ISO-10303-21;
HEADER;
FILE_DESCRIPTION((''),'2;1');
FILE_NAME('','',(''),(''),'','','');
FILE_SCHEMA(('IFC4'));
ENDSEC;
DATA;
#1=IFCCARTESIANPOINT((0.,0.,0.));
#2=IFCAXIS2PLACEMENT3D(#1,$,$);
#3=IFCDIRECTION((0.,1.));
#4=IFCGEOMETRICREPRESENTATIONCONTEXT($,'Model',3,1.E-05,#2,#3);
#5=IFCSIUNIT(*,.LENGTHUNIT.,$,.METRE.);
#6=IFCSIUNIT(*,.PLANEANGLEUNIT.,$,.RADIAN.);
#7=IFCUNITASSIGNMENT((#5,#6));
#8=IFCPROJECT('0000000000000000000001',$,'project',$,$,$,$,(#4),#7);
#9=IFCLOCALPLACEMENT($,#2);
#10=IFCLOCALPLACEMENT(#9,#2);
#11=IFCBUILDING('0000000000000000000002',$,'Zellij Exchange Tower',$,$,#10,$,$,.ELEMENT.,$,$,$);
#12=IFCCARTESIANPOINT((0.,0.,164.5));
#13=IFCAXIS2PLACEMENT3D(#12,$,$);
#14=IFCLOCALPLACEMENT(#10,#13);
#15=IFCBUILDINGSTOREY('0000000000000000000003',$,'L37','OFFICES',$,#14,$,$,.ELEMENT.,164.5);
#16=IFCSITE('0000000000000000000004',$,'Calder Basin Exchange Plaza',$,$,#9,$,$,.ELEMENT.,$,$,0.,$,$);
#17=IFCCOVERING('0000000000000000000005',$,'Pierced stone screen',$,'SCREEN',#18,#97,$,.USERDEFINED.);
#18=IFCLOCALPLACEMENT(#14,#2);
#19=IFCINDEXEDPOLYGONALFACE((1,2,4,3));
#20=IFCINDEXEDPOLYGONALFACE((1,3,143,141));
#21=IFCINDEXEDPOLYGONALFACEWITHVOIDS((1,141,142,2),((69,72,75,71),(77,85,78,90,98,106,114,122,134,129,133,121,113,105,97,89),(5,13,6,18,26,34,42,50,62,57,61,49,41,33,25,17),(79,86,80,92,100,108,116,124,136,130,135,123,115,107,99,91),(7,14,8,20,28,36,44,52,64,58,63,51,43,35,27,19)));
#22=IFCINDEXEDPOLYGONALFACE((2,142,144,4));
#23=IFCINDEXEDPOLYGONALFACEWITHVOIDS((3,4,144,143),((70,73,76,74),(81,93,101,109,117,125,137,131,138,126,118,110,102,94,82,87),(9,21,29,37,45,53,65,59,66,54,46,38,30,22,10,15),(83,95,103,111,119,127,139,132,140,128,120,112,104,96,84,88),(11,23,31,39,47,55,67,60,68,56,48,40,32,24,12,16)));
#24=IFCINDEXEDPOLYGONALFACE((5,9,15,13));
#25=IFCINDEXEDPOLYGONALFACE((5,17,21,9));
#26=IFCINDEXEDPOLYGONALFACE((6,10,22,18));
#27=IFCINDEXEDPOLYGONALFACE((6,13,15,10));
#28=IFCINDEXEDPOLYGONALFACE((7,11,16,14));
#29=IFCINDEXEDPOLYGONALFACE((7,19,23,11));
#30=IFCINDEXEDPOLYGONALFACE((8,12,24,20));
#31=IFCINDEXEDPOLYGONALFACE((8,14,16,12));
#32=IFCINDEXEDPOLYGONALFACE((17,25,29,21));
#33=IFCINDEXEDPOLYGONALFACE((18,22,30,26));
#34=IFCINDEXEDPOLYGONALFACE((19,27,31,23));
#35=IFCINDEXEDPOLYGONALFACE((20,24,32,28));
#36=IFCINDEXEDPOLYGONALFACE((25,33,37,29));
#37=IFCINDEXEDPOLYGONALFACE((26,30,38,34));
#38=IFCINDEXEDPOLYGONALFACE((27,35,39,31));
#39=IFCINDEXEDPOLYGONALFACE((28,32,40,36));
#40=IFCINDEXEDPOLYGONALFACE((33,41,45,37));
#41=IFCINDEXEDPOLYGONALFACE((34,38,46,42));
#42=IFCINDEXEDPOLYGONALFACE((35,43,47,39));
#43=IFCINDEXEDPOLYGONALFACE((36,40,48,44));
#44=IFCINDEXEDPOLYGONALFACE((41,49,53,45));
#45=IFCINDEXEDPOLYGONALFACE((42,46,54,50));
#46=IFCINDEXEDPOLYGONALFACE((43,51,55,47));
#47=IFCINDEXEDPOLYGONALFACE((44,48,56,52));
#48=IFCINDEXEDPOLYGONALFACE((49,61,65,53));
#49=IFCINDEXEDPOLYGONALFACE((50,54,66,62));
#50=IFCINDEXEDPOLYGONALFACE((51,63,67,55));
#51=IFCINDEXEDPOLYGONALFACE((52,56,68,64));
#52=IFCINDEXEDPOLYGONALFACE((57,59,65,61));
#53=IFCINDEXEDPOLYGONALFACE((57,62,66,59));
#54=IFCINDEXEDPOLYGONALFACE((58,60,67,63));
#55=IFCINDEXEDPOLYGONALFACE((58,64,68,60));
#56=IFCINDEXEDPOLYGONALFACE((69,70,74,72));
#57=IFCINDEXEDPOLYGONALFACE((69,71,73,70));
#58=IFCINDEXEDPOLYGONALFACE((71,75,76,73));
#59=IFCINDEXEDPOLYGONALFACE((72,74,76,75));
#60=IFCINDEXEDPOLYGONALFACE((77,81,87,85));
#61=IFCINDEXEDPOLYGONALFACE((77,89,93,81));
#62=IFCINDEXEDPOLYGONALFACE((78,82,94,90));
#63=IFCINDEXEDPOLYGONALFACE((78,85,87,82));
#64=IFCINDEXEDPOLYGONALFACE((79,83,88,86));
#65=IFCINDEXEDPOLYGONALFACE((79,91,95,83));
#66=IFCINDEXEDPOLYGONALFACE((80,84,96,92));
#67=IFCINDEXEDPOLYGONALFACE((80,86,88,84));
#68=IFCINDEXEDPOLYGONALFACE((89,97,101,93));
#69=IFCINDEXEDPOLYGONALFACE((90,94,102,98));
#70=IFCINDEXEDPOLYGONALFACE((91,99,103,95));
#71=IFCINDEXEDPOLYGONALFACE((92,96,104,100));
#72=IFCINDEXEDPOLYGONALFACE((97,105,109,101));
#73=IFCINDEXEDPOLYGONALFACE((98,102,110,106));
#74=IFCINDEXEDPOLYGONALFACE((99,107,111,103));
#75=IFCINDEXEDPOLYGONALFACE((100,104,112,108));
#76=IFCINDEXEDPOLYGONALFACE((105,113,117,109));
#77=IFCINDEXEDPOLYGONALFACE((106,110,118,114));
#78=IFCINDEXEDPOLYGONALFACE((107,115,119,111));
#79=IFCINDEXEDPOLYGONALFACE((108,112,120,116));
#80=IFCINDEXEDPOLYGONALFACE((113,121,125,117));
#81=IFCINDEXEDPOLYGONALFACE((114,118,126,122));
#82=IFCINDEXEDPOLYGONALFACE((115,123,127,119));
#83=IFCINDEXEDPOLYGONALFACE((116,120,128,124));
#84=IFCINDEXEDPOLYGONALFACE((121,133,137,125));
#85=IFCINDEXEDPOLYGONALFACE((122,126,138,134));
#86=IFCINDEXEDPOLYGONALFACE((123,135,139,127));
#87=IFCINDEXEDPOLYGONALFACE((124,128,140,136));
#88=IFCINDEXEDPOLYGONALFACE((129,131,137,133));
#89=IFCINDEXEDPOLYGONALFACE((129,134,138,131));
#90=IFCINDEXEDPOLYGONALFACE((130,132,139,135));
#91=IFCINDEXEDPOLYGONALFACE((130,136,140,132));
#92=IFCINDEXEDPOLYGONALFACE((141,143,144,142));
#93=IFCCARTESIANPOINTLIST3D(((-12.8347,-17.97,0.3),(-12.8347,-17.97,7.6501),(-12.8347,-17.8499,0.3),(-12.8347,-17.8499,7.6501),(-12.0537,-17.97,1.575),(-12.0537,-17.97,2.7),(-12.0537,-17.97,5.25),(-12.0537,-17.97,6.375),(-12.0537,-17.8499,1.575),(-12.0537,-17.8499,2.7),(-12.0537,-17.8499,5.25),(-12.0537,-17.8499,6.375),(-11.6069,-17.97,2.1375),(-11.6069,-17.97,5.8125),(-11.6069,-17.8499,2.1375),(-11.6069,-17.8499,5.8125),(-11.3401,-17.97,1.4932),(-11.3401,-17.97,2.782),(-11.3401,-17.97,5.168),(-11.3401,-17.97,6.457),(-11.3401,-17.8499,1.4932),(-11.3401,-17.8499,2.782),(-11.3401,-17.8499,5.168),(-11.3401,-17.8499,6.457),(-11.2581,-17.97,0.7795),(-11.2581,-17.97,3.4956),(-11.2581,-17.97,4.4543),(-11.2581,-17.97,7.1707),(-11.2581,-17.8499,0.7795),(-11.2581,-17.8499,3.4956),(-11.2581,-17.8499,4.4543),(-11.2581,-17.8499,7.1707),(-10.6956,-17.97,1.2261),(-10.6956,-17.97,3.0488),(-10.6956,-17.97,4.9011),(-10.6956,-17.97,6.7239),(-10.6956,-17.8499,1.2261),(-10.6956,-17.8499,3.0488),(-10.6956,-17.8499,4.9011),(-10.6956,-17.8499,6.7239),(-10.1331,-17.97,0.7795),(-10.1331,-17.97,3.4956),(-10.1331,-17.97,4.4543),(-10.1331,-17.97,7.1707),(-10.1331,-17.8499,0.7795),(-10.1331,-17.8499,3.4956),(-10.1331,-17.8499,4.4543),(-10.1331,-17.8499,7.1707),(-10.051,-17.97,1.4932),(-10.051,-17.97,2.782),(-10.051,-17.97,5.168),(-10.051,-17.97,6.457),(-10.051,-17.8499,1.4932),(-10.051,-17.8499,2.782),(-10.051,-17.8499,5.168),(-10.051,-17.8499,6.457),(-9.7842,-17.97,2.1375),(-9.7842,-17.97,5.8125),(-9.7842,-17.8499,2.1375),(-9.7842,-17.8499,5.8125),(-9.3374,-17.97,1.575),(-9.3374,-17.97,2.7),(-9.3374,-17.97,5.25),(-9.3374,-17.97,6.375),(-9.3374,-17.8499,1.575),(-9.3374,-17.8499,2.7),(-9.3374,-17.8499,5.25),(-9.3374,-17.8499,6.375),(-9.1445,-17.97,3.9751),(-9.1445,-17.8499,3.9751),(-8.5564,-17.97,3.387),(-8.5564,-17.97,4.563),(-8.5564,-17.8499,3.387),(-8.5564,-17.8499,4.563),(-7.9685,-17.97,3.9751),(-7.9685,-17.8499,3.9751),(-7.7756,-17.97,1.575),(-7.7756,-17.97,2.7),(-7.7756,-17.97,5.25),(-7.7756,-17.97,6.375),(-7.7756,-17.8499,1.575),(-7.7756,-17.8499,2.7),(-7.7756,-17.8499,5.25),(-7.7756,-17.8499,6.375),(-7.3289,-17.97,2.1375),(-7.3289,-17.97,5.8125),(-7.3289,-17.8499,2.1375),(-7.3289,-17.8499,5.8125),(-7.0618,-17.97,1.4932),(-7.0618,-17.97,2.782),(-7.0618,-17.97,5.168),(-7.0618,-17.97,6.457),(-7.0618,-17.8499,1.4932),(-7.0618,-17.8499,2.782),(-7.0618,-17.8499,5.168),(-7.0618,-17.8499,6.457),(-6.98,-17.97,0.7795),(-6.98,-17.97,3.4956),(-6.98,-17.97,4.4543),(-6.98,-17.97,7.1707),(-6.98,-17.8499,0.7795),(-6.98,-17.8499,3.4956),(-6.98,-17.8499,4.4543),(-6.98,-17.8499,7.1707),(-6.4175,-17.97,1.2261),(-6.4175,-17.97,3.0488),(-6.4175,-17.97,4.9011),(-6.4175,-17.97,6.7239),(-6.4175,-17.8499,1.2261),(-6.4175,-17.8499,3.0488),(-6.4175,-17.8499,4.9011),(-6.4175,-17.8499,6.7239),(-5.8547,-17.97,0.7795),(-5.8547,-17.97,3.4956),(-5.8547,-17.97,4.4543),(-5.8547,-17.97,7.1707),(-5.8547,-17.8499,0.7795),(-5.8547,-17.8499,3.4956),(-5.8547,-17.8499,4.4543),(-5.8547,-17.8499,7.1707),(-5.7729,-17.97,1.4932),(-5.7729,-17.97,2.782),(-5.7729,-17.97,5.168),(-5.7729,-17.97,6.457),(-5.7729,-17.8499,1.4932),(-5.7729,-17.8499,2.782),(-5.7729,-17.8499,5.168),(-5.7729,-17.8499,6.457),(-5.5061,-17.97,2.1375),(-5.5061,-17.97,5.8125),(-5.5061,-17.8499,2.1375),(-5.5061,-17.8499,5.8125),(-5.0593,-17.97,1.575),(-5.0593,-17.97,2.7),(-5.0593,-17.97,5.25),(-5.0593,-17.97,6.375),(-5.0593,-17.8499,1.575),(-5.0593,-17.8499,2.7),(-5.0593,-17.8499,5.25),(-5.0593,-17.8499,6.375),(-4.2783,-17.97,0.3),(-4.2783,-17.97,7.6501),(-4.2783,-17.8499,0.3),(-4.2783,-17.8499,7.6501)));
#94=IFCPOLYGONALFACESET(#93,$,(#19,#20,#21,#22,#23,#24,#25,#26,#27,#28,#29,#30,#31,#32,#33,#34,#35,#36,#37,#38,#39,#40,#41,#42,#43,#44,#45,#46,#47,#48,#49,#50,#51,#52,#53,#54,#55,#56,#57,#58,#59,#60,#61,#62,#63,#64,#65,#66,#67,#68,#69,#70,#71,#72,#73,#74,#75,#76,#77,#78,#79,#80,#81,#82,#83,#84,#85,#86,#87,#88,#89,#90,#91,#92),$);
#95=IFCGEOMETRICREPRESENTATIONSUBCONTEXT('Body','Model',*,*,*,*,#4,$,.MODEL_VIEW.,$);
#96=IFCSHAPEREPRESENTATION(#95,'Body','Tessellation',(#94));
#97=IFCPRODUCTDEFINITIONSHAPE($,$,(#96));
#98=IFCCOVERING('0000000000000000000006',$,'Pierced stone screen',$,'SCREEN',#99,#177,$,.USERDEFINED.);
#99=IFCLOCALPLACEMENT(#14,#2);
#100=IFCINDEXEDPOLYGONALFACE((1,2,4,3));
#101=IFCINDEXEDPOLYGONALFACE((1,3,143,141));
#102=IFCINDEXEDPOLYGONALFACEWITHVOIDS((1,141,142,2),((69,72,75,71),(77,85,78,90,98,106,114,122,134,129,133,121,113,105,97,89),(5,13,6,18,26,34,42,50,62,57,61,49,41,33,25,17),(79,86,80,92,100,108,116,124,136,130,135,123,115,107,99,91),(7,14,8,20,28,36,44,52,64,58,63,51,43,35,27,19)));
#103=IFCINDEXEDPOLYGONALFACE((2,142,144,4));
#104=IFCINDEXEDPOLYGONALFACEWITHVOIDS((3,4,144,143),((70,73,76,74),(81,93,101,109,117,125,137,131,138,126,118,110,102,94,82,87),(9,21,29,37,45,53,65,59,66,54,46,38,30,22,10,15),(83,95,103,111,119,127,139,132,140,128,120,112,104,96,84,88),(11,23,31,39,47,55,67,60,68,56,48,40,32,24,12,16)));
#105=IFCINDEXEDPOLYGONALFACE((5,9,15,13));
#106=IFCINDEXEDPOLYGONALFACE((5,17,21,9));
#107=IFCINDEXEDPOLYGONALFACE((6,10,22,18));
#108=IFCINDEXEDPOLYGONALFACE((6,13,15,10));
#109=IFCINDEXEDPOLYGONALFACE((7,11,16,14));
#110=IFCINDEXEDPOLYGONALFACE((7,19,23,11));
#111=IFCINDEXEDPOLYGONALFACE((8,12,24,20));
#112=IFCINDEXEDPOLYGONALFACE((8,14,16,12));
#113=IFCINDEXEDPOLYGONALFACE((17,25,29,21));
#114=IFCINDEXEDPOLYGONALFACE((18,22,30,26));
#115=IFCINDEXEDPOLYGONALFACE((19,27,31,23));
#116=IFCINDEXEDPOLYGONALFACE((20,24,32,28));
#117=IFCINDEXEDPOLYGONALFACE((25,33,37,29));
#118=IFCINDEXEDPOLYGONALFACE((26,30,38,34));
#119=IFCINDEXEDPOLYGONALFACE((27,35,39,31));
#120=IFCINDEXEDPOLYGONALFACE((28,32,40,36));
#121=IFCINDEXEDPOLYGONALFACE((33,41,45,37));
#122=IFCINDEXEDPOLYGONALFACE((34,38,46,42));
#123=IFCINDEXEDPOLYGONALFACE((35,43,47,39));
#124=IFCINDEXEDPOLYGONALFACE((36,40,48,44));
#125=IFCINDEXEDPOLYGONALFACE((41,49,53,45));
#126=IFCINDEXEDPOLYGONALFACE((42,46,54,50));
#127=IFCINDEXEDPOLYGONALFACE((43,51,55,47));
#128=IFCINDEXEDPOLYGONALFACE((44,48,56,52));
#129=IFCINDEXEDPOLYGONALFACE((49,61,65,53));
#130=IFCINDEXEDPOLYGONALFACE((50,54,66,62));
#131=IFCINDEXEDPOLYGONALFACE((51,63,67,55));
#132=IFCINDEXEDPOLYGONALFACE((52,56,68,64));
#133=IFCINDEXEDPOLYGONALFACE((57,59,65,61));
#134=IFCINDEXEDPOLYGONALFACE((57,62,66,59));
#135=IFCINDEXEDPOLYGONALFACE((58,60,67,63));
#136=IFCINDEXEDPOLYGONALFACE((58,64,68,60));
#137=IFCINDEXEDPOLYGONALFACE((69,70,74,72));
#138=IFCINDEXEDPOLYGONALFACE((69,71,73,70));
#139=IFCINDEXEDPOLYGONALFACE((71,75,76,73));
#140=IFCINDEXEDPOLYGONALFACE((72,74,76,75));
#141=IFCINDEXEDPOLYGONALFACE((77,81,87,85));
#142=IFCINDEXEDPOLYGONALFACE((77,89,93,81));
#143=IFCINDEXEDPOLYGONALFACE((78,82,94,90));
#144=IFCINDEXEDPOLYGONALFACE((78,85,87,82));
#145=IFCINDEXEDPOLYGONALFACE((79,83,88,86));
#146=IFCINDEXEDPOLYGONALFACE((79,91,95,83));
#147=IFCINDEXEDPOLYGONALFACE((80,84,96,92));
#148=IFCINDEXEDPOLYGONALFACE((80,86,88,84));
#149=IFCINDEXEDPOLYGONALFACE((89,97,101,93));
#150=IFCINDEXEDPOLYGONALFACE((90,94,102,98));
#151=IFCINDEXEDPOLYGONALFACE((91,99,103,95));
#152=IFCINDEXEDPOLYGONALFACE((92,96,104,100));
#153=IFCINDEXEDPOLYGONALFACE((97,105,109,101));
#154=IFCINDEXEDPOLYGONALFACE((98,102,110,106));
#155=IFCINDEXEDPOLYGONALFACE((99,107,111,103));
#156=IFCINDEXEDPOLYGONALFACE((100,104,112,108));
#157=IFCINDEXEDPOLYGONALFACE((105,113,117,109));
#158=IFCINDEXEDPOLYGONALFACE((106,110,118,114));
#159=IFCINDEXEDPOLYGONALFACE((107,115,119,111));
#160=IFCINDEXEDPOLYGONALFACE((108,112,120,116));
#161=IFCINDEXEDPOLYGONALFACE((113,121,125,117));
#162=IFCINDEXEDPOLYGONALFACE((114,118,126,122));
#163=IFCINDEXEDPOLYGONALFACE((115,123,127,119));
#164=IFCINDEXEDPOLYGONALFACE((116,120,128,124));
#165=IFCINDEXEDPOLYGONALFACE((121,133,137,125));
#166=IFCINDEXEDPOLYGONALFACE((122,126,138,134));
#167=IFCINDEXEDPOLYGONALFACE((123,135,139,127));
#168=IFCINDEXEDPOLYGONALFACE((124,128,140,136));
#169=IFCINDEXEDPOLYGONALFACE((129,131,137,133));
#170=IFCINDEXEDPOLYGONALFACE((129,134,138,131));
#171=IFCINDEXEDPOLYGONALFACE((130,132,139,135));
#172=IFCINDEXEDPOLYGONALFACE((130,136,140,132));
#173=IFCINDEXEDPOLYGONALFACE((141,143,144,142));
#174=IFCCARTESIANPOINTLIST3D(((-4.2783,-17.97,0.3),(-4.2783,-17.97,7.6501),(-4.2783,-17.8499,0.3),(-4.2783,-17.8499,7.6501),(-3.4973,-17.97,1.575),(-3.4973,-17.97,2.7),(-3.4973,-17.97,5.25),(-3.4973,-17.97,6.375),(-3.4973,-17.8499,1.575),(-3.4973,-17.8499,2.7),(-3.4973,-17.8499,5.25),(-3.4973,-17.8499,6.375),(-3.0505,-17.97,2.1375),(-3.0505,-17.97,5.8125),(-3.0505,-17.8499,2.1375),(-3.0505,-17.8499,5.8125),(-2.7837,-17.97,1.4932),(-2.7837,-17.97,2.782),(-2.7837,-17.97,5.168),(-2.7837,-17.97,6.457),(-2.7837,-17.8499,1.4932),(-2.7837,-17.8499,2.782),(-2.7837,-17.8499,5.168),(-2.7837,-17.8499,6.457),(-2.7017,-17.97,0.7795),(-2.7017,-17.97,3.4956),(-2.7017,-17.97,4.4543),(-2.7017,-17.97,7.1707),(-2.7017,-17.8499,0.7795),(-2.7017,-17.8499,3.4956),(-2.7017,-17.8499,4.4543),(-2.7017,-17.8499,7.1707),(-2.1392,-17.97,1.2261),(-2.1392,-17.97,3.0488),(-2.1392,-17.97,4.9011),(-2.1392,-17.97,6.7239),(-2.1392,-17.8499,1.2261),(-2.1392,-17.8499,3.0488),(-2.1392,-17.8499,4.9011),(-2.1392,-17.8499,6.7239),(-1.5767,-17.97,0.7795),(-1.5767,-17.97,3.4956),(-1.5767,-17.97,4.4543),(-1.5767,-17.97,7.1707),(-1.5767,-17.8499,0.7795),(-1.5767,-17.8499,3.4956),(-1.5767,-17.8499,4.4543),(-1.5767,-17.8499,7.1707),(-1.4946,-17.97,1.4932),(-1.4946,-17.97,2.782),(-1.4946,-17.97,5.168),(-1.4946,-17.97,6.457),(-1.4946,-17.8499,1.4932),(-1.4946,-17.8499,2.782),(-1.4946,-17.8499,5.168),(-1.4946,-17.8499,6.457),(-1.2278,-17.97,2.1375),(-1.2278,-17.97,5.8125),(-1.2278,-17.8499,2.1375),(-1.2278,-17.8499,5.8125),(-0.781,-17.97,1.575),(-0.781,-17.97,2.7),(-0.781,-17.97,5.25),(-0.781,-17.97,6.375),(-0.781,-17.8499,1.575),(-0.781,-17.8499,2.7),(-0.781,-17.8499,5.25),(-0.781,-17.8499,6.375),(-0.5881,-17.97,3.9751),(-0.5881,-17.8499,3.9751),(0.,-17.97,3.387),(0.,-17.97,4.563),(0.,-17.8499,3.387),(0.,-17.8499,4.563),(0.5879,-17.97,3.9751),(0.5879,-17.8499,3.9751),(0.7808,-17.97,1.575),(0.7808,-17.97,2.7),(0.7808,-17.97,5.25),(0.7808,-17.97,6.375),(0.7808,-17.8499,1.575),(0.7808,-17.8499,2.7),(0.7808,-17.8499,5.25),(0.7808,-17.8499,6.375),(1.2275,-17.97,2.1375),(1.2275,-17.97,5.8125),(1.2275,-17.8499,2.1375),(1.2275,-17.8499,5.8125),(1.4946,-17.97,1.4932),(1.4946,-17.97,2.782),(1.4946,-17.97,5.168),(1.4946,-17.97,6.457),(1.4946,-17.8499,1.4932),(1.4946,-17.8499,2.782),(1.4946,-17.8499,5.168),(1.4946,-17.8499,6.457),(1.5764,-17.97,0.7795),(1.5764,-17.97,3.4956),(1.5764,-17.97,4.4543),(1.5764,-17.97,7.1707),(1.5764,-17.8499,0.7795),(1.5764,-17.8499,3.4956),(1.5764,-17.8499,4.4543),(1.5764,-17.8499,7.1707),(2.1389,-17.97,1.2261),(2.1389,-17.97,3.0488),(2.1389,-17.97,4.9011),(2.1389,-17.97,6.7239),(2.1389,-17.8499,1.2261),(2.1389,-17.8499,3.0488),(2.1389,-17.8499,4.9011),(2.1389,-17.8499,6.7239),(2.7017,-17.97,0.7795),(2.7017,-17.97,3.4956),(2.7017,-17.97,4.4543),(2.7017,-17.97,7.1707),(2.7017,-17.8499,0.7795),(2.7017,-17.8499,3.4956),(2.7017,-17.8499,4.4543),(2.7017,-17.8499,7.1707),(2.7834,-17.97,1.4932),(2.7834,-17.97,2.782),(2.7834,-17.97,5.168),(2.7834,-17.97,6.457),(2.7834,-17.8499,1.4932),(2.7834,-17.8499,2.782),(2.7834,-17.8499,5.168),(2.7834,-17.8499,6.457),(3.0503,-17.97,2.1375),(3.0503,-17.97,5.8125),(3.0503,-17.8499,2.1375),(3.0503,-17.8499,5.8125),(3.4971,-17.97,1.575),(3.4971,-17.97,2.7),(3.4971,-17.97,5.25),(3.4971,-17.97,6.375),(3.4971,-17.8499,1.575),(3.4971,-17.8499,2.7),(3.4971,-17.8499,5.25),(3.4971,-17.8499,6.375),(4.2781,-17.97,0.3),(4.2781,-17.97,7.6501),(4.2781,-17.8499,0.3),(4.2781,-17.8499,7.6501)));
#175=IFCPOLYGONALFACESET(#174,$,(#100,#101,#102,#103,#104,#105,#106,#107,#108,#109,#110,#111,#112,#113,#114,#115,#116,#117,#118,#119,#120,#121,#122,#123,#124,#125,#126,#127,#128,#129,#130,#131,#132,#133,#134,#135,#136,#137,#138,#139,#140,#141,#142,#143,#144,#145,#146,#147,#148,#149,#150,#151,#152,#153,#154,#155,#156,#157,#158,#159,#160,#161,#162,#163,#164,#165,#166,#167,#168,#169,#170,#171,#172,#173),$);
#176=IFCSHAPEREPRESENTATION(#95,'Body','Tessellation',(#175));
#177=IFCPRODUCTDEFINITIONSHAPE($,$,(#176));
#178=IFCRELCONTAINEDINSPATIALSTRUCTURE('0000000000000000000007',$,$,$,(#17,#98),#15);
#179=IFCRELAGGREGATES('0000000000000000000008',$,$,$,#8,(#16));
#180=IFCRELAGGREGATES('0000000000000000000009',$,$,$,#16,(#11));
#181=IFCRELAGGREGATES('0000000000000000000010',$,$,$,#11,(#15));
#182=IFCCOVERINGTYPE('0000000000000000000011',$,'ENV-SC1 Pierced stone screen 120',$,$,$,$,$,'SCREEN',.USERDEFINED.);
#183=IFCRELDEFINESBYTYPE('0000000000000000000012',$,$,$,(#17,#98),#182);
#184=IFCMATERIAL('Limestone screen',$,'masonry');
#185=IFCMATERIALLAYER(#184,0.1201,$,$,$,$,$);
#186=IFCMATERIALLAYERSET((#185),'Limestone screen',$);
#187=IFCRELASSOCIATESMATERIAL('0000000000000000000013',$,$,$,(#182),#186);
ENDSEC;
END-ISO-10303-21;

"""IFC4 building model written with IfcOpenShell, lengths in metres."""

from ifc_helpers import new_model, si_unit, direction, frame, origin, place, context, subcontext, project, spatial, polyline, outline, extrude, material, layer, layer_set, type_object, element, save


model = new_model("IFC4")

# Units and contexts
model_context = context("Model", 3, precision=1e-05, world=origin(), true_north=direction((0.0, 1.0)))
body_context = subcontext(model_context, "Body", "Model", "MODEL_VIEW")
ifc_project = project(units=[si_unit("LENGTHUNIT", "METRE"), si_unit("PLANEANGLEUNIT", "RADIAN")], contexts=[model_context])

# Site, building, storey
site_placement = place(None, origin())
site = spatial("IfcSite", under=ifc_project, at=site_placement, Name="Calder Basin Exchange Plaza", CompositionType="ELEMENT", RefElevation=0.0)
building_placement = place(site_placement, origin())
building = spatial("IfcBuilding", under=site, at=building_placement, Name="Zellij Exchange Tower", CompositionType="ELEMENT")
storey_placement = place(building_placement, frame((0.0, 0.0, 164.5)))
storey = spatial("IfcBuildingStorey", under=building, at=storey_placement, Name="L37", Description="OFFICES", CompositionType="ELEMENT", Elevation=164.5)

# Coverings
ifc_material_1 = material(Name="Limestone screen", Category="masonry")
ifc_layer_1 = layer(ifc_material_1, 0.1201)
ifc_layer_set_1 = layer_set([ifc_layer_1], Name="Limestone screen")
covering_type = type_object("IfcCoveringType", Name="ENV-SC1 Pierced stone screen 120", ElementType="SCREEN", PredefinedType="USERDEFINED", material=ifc_layer_set_1)
covering_1_placement = place(storey_placement, frame((-12.8347, -17.9099, 0.3), z_axis=(0.0, 0.0, 1.0), x_axis=(1.0, 0.0, 0.0)))
element("IfcCovering", 1, at=covering_1_placement, inside=storey, type_object=covering_type, Name="Pierced stone screen", ObjectType="SCREEN", PredefinedType="USERDEFINED", context=body_context, shape_type="SweptSolid", body=[
    extrude(outline(polyline([(0.0, 0.0), (8.5564, 0.0), (8.5564, 7.3501), (0.0, 7.3501), (0.0, 0.0)]), holes=[polyline([(3.4973, 2.3999), (2.7837, 2.4819), (2.7017, 3.1956), (2.1392, 2.7488), (1.5767, 3.1956), (1.4946, 2.4819), (0.781, 2.3999), (1.2278, 1.8374), (0.781, 1.2749), (1.4946, 1.1931), (1.5767, 0.4795), (2.1392, 0.926), (2.7017, 0.4795), (2.7837, 1.1931), (3.4973, 1.2749), (3.0505, 1.8374), (3.4973, 2.3999)]), polyline([(3.4973, 6.075), (2.7837, 6.157), (2.7017, 6.8706), (2.1392, 6.4238), (1.5767, 6.8706), (1.4946, 6.157), (0.781, 6.075), (1.2278, 5.5125), (0.781, 4.95), (1.4946, 4.8679), (1.5767, 4.1543), (2.1392, 4.6011), (2.7017, 4.1543), (2.7837, 4.8679), (3.4973, 4.95), (3.0505, 5.5125), (3.4973, 6.075)]), polyline([(7.7754, 2.3999), (7.0618, 2.4819), (6.98, 3.1956), (6.4172, 2.7488), (5.8547, 3.1956), (5.7729, 2.4819), (5.0591, 2.3999), (5.5059, 1.8374), (5.0591, 1.2749), (5.7729, 1.1931), (5.8547, 0.4795), (6.4172, 0.926), (6.98, 0.4795), (7.0618, 1.1931), (7.7754, 1.2749), (7.3286, 1.8374), (7.7754, 2.3999)]), polyline([(7.7754, 6.075), (7.0618, 6.157), (6.98, 6.8706), (6.4172, 6.4238), (5.8547, 6.8706), (5.7729, 6.157), (5.0591, 6.075), (5.5059, 5.5125), (5.0591, 4.95), (5.7729, 4.8679), (5.8547, 4.1543), (6.4172, 4.6011), (6.98, 4.1543), (7.0618, 4.8679), (7.7754, 4.95), (7.3286, 5.5125), (7.7754, 6.075)]), polyline([(4.8662, 3.675), (4.2783, 4.2629), (3.6902, 3.675), (4.2783, 3.0869), (4.8662, 3.675)])]), frame((0.0, 0.0601, 0.0), z_axis=(0.0, -1.0, 0.0), x_axis=(1.0, 0.0, 0.0)), (0.0, 0.0, 1.0), 0.1201),
])
covering_2_placement = place(storey_placement, frame((-4.2783, -17.9099, 0.3), z_axis=(0.0, 0.0, 1.0), x_axis=(1.0, 0.0, 0.0)))
element("IfcCovering", 2, at=covering_2_placement, inside=storey, type_object=covering_type, Name="Pierced stone screen", ObjectType="SCREEN", PredefinedType="USERDEFINED", context=body_context, shape_type="SweptSolid", body=[
    extrude(outline(polyline([(0.0, 0.0), (8.5564, 0.0), (8.5564, 7.3501), (0.0, 7.3501), (0.0, 0.0)]), holes=[polyline([(3.4973, 2.3999), (2.7837, 2.4819), (2.7017, 3.1956), (2.1392, 2.7488), (1.5767, 3.1956), (1.4946, 2.4819), (0.781, 2.3999), (1.2278, 1.8374), (0.781, 1.2749), (1.4946, 1.1931), (1.5767, 0.4795), (2.1392, 0.926), (2.7017, 0.4795), (2.7837, 1.1931), (3.4973, 1.2749), (3.0505, 1.8374), (3.4973, 2.3999)]), polyline([(3.4973, 6.075), (2.7837, 6.157), (2.7017, 6.8706), (2.1392, 6.4238), (1.5767, 6.8706), (1.4946, 6.157), (0.781, 6.075), (1.2278, 5.5125), (0.781, 4.95), (1.4946, 4.8679), (1.5767, 4.1543), (2.1392, 4.6011), (2.7017, 4.1543), (2.7837, 4.8679), (3.4973, 4.95), (3.0505, 5.5125), (3.4973, 6.075)]), polyline([(7.7754, 2.3999), (7.0618, 2.4819), (6.98, 3.1956), (6.4172, 2.7488), (5.8547, 3.1956), (5.7729, 2.4819), (5.0591, 2.3999), (5.5059, 1.8374), (5.0591, 1.2749), (5.7729, 1.1931), (5.8547, 0.4795), (6.4172, 0.926), (6.98, 0.4795), (7.0618, 1.1931), (7.7754, 1.2749), (7.3286, 1.8374), (7.7754, 2.3999)]), polyline([(7.7754, 6.075), (7.0618, 6.157), (6.98, 6.8706), (6.4172, 6.4238), (5.8547, 6.8706), (5.7729, 6.157), (5.0591, 6.075), (5.5059, 5.5125), (5.0591, 4.95), (5.7729, 4.8679), (5.8547, 4.1543), (6.4172, 4.6011), (6.98, 4.1543), (7.0618, 4.8679), (7.7754, 4.95), (7.3286, 5.5125), (7.7754, 6.075)]), polyline([(4.8662, 3.675), (4.2783, 4.2629), (3.6902, 3.675), (4.2783, 3.0869), (4.8662, 3.675)])]), frame((0.0, 0.0601, 0.0), z_axis=(0.0, -1.0, 0.0), x_axis=(1.0, 0.0, 0.0)), (0.0, 0.0, 1.0), 0.1201),
])

save(model, "model.ifc")
